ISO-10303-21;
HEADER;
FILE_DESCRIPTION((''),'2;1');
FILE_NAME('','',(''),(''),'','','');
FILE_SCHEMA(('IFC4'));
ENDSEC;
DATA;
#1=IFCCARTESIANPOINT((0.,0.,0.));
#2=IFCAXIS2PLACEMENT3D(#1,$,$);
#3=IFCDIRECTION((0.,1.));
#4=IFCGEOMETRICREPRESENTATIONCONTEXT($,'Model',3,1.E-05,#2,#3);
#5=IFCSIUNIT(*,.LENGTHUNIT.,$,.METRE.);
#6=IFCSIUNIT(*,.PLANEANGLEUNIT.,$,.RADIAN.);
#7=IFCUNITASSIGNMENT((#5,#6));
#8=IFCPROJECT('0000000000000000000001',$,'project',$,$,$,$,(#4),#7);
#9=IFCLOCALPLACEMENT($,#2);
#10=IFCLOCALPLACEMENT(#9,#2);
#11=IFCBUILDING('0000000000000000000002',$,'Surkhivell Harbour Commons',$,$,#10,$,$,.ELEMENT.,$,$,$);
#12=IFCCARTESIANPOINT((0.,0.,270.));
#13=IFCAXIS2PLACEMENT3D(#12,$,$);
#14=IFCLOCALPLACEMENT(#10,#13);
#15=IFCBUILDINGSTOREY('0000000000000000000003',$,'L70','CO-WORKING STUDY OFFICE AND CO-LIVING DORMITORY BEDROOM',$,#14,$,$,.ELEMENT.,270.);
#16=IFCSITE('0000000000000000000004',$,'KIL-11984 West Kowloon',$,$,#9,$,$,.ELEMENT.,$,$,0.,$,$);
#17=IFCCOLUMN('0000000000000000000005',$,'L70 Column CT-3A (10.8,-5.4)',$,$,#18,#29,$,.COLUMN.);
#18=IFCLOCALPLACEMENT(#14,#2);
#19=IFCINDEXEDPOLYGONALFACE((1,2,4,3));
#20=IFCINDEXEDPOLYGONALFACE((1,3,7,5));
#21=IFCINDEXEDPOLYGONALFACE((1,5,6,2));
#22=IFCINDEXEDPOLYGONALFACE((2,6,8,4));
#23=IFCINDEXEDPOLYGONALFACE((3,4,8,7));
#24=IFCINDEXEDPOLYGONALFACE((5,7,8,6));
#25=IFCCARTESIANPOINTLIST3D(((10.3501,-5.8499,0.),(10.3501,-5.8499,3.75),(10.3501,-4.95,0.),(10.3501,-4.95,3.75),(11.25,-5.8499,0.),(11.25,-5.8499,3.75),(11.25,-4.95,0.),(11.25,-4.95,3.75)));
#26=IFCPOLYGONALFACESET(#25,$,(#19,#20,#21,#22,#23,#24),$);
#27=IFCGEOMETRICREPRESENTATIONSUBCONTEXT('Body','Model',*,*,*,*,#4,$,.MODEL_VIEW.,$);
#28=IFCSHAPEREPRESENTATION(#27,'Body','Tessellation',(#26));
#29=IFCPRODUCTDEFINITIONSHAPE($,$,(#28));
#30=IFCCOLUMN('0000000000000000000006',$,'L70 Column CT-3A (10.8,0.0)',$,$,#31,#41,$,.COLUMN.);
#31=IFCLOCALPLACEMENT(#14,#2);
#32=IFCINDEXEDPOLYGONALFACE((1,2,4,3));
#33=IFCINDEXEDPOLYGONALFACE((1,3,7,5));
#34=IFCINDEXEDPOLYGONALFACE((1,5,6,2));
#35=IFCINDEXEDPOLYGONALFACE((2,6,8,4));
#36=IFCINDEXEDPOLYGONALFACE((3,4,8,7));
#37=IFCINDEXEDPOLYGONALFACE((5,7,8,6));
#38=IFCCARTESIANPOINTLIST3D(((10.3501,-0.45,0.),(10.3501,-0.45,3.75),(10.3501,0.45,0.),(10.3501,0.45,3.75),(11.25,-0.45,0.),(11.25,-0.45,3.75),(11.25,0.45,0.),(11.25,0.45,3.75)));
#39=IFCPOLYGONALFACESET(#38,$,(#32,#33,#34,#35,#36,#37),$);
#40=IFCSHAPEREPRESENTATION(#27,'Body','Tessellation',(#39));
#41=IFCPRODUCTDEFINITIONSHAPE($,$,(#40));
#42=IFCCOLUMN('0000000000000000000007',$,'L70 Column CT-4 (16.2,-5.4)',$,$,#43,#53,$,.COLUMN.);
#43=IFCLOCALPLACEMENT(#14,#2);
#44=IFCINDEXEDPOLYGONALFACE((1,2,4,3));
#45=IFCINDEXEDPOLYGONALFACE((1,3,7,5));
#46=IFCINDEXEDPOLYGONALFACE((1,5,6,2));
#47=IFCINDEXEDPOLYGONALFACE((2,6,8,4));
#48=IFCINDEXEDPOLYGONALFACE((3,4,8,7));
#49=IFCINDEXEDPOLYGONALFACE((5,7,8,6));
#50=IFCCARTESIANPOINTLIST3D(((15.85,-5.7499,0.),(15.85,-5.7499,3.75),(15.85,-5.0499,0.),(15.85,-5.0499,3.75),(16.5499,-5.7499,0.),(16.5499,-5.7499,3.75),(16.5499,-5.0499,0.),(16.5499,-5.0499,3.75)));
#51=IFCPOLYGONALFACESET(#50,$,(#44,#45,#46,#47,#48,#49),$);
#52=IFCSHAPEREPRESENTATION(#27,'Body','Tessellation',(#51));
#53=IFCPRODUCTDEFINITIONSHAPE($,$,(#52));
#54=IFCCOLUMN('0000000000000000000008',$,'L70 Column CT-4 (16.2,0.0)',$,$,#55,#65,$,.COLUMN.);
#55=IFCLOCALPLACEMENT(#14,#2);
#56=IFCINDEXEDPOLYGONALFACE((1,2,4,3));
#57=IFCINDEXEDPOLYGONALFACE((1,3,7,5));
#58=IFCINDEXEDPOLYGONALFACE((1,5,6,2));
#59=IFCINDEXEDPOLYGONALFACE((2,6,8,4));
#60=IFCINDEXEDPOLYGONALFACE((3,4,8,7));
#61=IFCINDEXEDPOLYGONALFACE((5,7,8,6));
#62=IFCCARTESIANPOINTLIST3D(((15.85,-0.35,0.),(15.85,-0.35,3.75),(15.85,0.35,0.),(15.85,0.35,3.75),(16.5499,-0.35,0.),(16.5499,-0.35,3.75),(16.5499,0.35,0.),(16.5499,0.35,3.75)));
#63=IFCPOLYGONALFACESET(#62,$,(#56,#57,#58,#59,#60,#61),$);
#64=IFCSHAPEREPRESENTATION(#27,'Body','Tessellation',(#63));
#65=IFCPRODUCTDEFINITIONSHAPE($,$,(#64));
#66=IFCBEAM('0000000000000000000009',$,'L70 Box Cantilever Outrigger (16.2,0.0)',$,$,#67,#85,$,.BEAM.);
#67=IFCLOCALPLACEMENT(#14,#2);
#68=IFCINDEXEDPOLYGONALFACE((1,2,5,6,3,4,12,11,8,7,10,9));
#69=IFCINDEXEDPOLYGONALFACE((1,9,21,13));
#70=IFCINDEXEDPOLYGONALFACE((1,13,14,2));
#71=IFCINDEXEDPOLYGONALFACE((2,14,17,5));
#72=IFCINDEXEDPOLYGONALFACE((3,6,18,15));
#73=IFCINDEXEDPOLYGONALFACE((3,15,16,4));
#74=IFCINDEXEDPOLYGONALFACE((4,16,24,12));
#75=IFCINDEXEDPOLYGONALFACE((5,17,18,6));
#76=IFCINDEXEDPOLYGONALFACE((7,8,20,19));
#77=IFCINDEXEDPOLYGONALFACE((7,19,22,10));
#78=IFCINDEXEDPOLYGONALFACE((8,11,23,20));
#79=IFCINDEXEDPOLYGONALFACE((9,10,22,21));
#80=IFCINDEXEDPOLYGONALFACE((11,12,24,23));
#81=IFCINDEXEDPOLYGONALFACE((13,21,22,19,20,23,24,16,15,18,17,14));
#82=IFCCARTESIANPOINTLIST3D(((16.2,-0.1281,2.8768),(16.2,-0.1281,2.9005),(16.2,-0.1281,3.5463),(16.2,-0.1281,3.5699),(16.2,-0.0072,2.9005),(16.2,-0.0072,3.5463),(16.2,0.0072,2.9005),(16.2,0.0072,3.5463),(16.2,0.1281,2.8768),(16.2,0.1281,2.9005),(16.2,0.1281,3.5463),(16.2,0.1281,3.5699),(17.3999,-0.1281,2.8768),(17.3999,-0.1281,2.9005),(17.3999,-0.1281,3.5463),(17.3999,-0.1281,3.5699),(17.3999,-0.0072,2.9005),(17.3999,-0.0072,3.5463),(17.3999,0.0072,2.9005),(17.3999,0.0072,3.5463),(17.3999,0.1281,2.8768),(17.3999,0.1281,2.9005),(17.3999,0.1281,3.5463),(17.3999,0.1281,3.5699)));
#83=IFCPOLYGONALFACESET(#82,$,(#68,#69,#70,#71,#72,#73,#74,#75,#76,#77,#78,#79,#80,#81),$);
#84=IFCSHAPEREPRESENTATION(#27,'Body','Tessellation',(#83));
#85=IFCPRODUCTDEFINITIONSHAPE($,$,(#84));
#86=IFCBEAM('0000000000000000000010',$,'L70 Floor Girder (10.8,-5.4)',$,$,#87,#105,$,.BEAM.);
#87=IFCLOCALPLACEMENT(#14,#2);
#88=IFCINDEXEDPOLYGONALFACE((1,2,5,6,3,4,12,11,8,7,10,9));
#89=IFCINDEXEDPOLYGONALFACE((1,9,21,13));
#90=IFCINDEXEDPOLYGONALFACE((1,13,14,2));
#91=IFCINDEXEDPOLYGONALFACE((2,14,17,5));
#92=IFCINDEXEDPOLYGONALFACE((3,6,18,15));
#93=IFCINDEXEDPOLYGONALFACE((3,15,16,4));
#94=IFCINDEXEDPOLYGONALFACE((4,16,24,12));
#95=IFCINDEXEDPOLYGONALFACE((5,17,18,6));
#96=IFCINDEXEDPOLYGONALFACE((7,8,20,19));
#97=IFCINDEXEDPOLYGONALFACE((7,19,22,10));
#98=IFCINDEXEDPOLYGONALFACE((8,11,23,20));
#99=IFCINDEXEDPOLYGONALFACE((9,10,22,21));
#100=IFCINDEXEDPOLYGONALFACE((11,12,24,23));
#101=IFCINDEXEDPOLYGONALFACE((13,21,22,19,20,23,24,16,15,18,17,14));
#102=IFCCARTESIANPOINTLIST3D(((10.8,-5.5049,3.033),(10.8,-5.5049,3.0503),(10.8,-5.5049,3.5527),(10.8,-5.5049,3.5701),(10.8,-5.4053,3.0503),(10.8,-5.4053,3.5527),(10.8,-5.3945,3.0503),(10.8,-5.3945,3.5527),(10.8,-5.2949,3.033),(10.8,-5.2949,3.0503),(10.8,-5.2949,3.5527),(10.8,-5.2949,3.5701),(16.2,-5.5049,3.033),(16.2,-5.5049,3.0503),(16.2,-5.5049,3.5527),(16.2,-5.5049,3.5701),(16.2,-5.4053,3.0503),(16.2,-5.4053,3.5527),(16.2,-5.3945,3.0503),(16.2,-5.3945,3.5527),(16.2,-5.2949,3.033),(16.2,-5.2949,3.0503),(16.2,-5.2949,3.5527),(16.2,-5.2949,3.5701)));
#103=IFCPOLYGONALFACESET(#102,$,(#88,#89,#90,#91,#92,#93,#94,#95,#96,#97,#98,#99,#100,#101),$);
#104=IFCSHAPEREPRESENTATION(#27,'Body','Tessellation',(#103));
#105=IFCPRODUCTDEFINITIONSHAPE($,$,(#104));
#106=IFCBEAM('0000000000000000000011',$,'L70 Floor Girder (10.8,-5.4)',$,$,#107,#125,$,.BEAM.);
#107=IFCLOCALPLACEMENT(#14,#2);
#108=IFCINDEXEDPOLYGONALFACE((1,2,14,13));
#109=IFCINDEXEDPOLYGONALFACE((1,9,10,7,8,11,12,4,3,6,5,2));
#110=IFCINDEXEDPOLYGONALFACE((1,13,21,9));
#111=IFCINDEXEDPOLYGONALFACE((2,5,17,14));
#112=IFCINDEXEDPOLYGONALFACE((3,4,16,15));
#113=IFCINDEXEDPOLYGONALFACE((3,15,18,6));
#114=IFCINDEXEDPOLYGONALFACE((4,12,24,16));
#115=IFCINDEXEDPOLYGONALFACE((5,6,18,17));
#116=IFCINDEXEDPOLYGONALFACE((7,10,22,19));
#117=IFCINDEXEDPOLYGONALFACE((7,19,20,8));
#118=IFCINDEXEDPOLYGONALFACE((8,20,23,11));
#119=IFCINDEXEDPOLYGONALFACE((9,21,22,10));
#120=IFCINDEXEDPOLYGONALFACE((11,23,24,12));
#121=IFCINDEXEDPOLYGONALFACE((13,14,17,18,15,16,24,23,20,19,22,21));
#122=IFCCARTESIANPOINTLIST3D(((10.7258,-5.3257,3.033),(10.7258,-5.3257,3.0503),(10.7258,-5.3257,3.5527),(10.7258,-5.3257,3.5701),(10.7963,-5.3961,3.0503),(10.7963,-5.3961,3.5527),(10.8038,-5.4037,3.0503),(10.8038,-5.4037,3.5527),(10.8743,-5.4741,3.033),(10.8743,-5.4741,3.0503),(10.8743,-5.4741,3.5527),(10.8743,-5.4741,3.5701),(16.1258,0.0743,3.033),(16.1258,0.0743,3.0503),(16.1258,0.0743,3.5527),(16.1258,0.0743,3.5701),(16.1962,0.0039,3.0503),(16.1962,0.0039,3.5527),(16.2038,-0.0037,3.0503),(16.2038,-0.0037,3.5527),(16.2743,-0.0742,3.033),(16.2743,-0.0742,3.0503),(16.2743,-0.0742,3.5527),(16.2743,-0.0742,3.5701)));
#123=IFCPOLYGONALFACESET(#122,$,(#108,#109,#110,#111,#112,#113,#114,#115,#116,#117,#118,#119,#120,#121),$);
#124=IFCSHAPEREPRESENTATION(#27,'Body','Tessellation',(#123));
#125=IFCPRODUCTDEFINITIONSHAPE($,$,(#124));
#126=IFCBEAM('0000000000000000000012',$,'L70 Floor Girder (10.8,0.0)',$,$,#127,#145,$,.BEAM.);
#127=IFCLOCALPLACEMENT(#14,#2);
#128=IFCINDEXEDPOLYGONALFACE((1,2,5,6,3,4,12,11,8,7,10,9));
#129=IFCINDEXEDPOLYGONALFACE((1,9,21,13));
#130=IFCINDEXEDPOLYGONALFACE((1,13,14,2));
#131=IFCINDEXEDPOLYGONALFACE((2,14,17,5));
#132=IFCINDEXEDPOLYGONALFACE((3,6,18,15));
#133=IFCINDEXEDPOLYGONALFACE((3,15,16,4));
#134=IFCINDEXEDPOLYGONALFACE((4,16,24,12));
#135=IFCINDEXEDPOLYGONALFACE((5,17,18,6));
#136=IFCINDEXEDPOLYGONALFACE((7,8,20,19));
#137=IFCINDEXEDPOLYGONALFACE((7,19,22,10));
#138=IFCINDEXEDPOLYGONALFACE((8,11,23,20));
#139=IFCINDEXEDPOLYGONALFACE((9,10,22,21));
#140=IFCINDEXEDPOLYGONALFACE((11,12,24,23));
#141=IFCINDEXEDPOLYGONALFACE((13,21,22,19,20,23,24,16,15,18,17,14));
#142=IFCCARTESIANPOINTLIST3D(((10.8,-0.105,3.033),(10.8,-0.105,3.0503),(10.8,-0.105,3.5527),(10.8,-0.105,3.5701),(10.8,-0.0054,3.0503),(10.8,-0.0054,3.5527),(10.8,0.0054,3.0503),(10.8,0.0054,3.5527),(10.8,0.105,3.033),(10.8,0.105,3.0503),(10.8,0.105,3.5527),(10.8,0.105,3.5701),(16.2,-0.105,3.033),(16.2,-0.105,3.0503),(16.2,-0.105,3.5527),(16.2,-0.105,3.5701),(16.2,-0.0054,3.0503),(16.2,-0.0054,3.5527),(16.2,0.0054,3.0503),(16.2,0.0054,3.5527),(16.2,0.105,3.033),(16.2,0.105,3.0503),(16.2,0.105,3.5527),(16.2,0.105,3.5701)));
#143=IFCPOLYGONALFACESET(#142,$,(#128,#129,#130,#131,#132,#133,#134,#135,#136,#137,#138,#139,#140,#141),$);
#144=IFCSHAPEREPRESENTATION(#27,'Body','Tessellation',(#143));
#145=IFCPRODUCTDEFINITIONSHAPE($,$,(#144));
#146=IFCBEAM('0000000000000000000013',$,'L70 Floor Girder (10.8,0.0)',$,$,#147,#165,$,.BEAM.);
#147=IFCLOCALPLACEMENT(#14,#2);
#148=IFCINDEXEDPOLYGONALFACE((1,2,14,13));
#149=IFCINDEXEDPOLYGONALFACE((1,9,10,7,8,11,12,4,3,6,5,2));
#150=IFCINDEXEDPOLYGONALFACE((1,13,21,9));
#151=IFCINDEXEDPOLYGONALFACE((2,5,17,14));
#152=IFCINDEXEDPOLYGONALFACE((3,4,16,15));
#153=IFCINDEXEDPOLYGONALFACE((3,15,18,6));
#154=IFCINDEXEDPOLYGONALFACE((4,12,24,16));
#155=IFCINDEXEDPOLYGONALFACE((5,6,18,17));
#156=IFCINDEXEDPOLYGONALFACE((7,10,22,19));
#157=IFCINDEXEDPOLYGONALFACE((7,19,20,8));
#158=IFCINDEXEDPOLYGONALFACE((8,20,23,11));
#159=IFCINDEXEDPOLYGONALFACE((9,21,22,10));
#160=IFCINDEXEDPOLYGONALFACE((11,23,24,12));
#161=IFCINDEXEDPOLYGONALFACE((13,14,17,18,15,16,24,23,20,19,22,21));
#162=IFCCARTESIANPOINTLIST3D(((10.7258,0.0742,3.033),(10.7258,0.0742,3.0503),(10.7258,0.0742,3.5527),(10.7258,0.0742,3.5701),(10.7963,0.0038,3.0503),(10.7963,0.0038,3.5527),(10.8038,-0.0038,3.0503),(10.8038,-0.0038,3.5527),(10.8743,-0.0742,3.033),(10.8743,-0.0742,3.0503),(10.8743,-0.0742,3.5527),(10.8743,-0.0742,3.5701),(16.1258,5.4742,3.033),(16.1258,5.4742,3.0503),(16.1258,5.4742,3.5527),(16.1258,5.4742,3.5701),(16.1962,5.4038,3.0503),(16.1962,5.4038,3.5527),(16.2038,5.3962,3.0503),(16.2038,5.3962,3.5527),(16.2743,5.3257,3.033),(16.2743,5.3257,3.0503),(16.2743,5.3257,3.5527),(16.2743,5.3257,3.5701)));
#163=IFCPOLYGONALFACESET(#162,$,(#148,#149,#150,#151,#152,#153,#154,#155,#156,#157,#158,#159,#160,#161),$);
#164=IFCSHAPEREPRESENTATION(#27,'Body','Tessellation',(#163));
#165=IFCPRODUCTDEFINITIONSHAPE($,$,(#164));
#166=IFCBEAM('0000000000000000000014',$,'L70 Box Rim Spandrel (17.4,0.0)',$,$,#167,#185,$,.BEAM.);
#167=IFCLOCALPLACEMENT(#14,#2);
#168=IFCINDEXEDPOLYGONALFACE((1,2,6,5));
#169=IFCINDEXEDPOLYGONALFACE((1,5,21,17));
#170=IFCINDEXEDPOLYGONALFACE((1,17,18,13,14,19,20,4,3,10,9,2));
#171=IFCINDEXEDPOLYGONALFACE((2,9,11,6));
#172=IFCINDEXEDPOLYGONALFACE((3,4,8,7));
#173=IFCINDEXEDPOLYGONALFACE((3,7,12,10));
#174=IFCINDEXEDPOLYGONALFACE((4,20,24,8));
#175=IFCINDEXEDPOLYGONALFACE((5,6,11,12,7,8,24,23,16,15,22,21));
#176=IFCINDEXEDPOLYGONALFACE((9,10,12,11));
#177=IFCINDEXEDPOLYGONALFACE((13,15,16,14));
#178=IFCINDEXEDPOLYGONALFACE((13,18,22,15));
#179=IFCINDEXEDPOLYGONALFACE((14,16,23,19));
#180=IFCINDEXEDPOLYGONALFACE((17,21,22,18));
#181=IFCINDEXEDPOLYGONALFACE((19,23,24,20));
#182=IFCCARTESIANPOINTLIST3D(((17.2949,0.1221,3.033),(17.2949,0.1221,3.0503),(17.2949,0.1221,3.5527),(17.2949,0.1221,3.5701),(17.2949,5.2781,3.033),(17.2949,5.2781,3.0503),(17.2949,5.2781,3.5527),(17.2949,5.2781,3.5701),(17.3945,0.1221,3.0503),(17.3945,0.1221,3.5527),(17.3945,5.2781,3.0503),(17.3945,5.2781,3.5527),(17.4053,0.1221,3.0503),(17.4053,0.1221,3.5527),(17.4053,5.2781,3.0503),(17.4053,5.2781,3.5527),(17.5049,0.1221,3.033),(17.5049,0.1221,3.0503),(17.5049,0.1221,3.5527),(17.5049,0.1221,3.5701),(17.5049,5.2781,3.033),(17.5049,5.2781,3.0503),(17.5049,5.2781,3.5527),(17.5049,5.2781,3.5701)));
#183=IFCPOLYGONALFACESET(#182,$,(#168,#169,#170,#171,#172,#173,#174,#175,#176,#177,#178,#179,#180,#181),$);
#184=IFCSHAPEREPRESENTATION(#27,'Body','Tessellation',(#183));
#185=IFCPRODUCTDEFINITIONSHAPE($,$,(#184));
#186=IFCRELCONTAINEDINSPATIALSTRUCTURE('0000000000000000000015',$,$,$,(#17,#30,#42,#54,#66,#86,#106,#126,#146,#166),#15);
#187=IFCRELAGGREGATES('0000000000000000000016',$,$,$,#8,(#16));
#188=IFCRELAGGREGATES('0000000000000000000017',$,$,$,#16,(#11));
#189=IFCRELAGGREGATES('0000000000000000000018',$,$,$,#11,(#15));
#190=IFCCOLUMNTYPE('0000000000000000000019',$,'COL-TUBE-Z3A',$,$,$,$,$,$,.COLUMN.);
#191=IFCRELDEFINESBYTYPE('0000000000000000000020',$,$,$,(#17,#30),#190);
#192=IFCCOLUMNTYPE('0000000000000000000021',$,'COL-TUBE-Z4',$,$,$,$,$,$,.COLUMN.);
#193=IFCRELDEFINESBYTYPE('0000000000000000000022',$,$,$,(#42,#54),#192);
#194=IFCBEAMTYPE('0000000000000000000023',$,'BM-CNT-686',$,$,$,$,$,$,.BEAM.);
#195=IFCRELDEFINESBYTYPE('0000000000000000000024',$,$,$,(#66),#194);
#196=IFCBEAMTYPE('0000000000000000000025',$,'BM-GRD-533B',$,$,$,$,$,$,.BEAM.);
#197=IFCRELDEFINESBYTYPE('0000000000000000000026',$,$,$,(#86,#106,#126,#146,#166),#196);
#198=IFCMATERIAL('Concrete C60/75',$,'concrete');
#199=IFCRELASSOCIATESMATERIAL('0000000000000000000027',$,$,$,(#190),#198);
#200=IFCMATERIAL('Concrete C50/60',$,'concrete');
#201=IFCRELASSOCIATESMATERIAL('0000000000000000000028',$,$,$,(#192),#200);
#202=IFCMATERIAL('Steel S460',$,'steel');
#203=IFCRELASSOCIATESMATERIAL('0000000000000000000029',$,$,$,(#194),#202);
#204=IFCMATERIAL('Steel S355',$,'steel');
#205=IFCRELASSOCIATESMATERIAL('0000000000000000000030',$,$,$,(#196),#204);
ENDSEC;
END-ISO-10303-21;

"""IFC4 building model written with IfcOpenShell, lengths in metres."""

from ifc_helpers import new_model, si_unit, direction, frame, origin, origin_2d, place, context, subcontext, project, spatial, rectangle, i_section, extrude, material, material_profile, profile_set, type_object, element, save


model = new_model("IFC4")

# Units and contexts
model_context = context("Model", 3, precision=1e-05, world=origin(), true_north=direction((0.0, 1.0)))
body_context = subcontext(model_context, "Body", "Model", "MODEL_VIEW")
ifc_project = project(units=[si_unit("LENGTHUNIT", "METRE"), si_unit("PLANEANGLEUNIT", "RADIAN")], contexts=[model_context])

# Site, building, storey
site_placement = place(None, origin())
site = spatial("IfcSite", under=ifc_project, at=site_placement, Name="KIL-11984 West Kowloon", CompositionType="ELEMENT", RefElevation=0.0)
building_placement = place(site_placement, origin())
building = spatial("IfcBuilding", under=site, at=building_placement, Name="Surkhivell Harbour Commons", CompositionType="ELEMENT")
storey_placement = place(building_placement, frame((0.0, 0.0, 270.0)))
storey = spatial("IfcBuildingStorey", under=building, at=storey_placement, Name="L70", Description="CO-WORKING STUDY OFFICE AND CO-LIVING DORMITORY BEDROOM", CompositionType="ELEMENT", Elevation=270.0)

# Columns
ifc_material_1 = material(Name="Concrete C60/75", Category="concrete")
ifc_material_profile_1 = material_profile(ifc_material_1, rectangle(XDim=0.8999, YDim=0.8999, at=origin_2d()), Name="RC-COL-900x900")
ifc_profile_set_1 = profile_set([ifc_material_profile_1], Name="Concrete C60/75")
column_type_1 = type_object("IfcColumnType", Name="COL-TUBE-Z3A", PredefinedType="COLUMN", material=ifc_profile_set_1)
for number, where, z_axis, x_axis, name in (
    (1, (10.8, -5.3999, 0.0), (0.0, 0.0, 1.0), (1.0, 0.0, 0.0), "L70 Column CT-3A (10.8,-5.4)"),
    (2, (10.8, 0.0, 0.0), (0.0, 0.0, 1.0), (1.0, 0.0, 0.0), "L70 Column CT-3A (10.8,0.0)"),
):
    element("IfcColumn", number, at=place(storey_placement, frame(where, z_axis=z_axis, x_axis=x_axis)), inside=storey, type_object=column_type_1, Name=name, PredefinedType="COLUMN", context=body_context, shape_type="SweptSolid", body=[
        extrude(rectangle(XDim=0.8999, YDim=0.8999, at=origin_2d()), origin(), (0.0, 0.0, 1.0), 3.75),
    ])
ifc_material_2 = material(Name="Concrete C50/60", Category="concrete")
ifc_material_profile_2 = material_profile(ifc_material_2, rectangle(XDim=0.7, YDim=0.7, at=origin_2d()), Name="RC-COL-700x700")
ifc_profile_set_2 = profile_set([ifc_material_profile_2], Name="Concrete C50/60")
column_type_2 = type_object("IfcColumnType", Name="COL-TUBE-Z4", PredefinedType="COLUMN", material=ifc_profile_set_2)
for number, where, z_axis, x_axis, name in (
    (3, (16.2, -5.3999, 0.0), (0.0, 0.0, 1.0), (1.0, 0.0, 0.0), "L70 Column CT-4 (16.2,-5.4)"),
    (4, (16.2, 0.0, 0.0), (0.0, 0.0, 1.0), (1.0, 0.0, 0.0), "L70 Column CT-4 (16.2,0.0)"),
):
    element("IfcColumn", number, at=place(storey_placement, frame(where, z_axis=z_axis, x_axis=x_axis)), inside=storey, type_object=column_type_2, Name=name, PredefinedType="COLUMN", context=body_context, shape_type="SweptSolid", body=[
        extrude(rectangle(XDim=0.7, YDim=0.7, at=origin_2d()), origin(), (0.0, 0.0, 1.0), 3.75),
    ])

# Beams
ifc_material_3 = material(Name="Steel S460", Category="steel")
ifc_material_profile_3 = material_profile(ifc_material_3, i_section(OverallWidth=0.2561, OverallDepth=0.6931, WebThickness=0.0144, FlangeThickness=0.0237, at=origin_2d()), Name="UB686x254x170")
ifc_profile_set_3 = profile_set([ifc_material_profile_3], Name="Steel S460")
beam_type_1 = type_object("IfcBeamType", Name="BM-CNT-686", PredefinedType="BEAM", material=ifc_profile_set_3)
beam_1_placement = place(storey_placement, frame((16.2, 0.0, 3.2234), z_axis=(1.0, 0.0, 0.0), x_axis=(0.0, 1.0, 0.0)))
element("IfcBeam", 5, at=beam_1_placement, inside=storey, type_object=beam_type_1, Name="L70 Box Cantilever Outrigger (16.2,0.0)", PredefinedType="BEAM", context=body_context, shape_type="SweptSolid", body=[
    extrude(i_section(OverallWidth=0.2561, OverallDepth=0.6931, WebThickness=0.0144, FlangeThickness=0.0237, at=origin_2d()), origin(), (0.0, 0.0, 1.0), 1.2),
])
ifc_material_4 = material(Name="Steel S355", Category="steel")
ifc_material_profile_4 = material_profile(ifc_material_4, i_section(OverallWidth=0.21, OverallDepth=0.5371, WebThickness=0.0107, FlangeThickness=0.0173, at=origin_2d()), Name="UB533x210x101")
ifc_profile_set_4 = profile_set([ifc_material_profile_4], Name="Steel S355")
beam_type_2 = type_object("IfcBeamType", Name="BM-GRD-533B", PredefinedType="BEAM", material=ifc_profile_set_4)
beam_2_placement = place(storey_placement, frame((10.8, -5.3999, 3.3015), z_axis=(1.0, 0.0, 0.0), x_axis=(0.0, 1.0, 0.0)))
element("IfcBeam", 6, at=beam_2_placement, inside=storey, type_object=beam_type_2, Name="L70 Floor Girder (10.8,-5.4)", PredefinedType="BEAM", context=body_context, shape_type="SweptSolid", body=[
    extrude(i_section(OverallWidth=0.21, OverallDepth=0.5371, WebThickness=0.0107, FlangeThickness=0.0173, at=origin_2d()), origin(), (0.0, 0.0, 1.0), 5.3999),
])
beam_3_placement = place(storey_placement, frame((10.8, -5.3999, 3.3015), z_axis=(0.707107, 0.707107, 0.0), x_axis=(-0.707107, 0.707107, 0.0)))
element("IfcBeam", 7, at=beam_3_placement, inside=storey, type_object=beam_type_2, Name="L70 Floor Girder (10.8,-5.4)", PredefinedType="BEAM", context=body_context, shape_type="SweptSolid", body=[
    extrude(i_section(OverallWidth=0.21, OverallDepth=0.5371, WebThickness=0.0107, FlangeThickness=0.0173, at=origin_2d()), origin(), (0.0, 0.0, 1.0), 7.6367),
])
beam_4_placement = place(storey_placement, frame((10.8, 0.0, 3.3015), z_axis=(1.0, 0.0, 0.0), x_axis=(0.0, 1.0, 0.0)))
element("IfcBeam", 8, at=beam_4_placement, inside=storey, type_object=beam_type_2, Name="L70 Floor Girder (10.8,0.0)", PredefinedType="BEAM", context=body_context, shape_type="SweptSolid", body=[
    extrude(i_section(OverallWidth=0.21, OverallDepth=0.5371, WebThickness=0.0107, FlangeThickness=0.0173, at=origin_2d()), origin(), (0.0, 0.0, 1.0), 5.3999),
])
beam_5_placement = place(storey_placement, frame((10.8, 0.0, 3.3015), z_axis=(0.707107, 0.707107, 0.0), x_axis=(-0.707107, 0.707107, 0.0)))
element("IfcBeam", 9, at=beam_5_placement, inside=storey, type_object=beam_type_2, Name="L70 Floor Girder (10.8,0.0)", PredefinedType="BEAM", context=body_context, shape_type="SweptSolid", body=[
    extrude(i_section(OverallWidth=0.21, OverallDepth=0.5371, WebThickness=0.0107, FlangeThickness=0.0173, at=origin_2d()), origin(), (0.0, 0.0, 1.0), 7.6367),
])
beam_6_placement = place(storey_placement, frame((17.3999, 0.1221, 3.3015), z_axis=(0.0, 1.0, 0.0), x_axis=(-1.0, 0.0, 0.0)))
element("IfcBeam", 10, at=beam_6_placement, inside=storey, type_object=beam_type_2, Name="L70 Box Rim Spandrel (17.4,0.0)", PredefinedType="BEAM", context=body_context, shape_type="SweptSolid", body=[
    extrude(i_section(OverallWidth=0.21, OverallDepth=0.5371, WebThickness=0.0107, FlangeThickness=0.0173, at=origin_2d()), origin(), (0.0, 0.0, 1.0), 5.156),
])

save(model, "model.ifc")
